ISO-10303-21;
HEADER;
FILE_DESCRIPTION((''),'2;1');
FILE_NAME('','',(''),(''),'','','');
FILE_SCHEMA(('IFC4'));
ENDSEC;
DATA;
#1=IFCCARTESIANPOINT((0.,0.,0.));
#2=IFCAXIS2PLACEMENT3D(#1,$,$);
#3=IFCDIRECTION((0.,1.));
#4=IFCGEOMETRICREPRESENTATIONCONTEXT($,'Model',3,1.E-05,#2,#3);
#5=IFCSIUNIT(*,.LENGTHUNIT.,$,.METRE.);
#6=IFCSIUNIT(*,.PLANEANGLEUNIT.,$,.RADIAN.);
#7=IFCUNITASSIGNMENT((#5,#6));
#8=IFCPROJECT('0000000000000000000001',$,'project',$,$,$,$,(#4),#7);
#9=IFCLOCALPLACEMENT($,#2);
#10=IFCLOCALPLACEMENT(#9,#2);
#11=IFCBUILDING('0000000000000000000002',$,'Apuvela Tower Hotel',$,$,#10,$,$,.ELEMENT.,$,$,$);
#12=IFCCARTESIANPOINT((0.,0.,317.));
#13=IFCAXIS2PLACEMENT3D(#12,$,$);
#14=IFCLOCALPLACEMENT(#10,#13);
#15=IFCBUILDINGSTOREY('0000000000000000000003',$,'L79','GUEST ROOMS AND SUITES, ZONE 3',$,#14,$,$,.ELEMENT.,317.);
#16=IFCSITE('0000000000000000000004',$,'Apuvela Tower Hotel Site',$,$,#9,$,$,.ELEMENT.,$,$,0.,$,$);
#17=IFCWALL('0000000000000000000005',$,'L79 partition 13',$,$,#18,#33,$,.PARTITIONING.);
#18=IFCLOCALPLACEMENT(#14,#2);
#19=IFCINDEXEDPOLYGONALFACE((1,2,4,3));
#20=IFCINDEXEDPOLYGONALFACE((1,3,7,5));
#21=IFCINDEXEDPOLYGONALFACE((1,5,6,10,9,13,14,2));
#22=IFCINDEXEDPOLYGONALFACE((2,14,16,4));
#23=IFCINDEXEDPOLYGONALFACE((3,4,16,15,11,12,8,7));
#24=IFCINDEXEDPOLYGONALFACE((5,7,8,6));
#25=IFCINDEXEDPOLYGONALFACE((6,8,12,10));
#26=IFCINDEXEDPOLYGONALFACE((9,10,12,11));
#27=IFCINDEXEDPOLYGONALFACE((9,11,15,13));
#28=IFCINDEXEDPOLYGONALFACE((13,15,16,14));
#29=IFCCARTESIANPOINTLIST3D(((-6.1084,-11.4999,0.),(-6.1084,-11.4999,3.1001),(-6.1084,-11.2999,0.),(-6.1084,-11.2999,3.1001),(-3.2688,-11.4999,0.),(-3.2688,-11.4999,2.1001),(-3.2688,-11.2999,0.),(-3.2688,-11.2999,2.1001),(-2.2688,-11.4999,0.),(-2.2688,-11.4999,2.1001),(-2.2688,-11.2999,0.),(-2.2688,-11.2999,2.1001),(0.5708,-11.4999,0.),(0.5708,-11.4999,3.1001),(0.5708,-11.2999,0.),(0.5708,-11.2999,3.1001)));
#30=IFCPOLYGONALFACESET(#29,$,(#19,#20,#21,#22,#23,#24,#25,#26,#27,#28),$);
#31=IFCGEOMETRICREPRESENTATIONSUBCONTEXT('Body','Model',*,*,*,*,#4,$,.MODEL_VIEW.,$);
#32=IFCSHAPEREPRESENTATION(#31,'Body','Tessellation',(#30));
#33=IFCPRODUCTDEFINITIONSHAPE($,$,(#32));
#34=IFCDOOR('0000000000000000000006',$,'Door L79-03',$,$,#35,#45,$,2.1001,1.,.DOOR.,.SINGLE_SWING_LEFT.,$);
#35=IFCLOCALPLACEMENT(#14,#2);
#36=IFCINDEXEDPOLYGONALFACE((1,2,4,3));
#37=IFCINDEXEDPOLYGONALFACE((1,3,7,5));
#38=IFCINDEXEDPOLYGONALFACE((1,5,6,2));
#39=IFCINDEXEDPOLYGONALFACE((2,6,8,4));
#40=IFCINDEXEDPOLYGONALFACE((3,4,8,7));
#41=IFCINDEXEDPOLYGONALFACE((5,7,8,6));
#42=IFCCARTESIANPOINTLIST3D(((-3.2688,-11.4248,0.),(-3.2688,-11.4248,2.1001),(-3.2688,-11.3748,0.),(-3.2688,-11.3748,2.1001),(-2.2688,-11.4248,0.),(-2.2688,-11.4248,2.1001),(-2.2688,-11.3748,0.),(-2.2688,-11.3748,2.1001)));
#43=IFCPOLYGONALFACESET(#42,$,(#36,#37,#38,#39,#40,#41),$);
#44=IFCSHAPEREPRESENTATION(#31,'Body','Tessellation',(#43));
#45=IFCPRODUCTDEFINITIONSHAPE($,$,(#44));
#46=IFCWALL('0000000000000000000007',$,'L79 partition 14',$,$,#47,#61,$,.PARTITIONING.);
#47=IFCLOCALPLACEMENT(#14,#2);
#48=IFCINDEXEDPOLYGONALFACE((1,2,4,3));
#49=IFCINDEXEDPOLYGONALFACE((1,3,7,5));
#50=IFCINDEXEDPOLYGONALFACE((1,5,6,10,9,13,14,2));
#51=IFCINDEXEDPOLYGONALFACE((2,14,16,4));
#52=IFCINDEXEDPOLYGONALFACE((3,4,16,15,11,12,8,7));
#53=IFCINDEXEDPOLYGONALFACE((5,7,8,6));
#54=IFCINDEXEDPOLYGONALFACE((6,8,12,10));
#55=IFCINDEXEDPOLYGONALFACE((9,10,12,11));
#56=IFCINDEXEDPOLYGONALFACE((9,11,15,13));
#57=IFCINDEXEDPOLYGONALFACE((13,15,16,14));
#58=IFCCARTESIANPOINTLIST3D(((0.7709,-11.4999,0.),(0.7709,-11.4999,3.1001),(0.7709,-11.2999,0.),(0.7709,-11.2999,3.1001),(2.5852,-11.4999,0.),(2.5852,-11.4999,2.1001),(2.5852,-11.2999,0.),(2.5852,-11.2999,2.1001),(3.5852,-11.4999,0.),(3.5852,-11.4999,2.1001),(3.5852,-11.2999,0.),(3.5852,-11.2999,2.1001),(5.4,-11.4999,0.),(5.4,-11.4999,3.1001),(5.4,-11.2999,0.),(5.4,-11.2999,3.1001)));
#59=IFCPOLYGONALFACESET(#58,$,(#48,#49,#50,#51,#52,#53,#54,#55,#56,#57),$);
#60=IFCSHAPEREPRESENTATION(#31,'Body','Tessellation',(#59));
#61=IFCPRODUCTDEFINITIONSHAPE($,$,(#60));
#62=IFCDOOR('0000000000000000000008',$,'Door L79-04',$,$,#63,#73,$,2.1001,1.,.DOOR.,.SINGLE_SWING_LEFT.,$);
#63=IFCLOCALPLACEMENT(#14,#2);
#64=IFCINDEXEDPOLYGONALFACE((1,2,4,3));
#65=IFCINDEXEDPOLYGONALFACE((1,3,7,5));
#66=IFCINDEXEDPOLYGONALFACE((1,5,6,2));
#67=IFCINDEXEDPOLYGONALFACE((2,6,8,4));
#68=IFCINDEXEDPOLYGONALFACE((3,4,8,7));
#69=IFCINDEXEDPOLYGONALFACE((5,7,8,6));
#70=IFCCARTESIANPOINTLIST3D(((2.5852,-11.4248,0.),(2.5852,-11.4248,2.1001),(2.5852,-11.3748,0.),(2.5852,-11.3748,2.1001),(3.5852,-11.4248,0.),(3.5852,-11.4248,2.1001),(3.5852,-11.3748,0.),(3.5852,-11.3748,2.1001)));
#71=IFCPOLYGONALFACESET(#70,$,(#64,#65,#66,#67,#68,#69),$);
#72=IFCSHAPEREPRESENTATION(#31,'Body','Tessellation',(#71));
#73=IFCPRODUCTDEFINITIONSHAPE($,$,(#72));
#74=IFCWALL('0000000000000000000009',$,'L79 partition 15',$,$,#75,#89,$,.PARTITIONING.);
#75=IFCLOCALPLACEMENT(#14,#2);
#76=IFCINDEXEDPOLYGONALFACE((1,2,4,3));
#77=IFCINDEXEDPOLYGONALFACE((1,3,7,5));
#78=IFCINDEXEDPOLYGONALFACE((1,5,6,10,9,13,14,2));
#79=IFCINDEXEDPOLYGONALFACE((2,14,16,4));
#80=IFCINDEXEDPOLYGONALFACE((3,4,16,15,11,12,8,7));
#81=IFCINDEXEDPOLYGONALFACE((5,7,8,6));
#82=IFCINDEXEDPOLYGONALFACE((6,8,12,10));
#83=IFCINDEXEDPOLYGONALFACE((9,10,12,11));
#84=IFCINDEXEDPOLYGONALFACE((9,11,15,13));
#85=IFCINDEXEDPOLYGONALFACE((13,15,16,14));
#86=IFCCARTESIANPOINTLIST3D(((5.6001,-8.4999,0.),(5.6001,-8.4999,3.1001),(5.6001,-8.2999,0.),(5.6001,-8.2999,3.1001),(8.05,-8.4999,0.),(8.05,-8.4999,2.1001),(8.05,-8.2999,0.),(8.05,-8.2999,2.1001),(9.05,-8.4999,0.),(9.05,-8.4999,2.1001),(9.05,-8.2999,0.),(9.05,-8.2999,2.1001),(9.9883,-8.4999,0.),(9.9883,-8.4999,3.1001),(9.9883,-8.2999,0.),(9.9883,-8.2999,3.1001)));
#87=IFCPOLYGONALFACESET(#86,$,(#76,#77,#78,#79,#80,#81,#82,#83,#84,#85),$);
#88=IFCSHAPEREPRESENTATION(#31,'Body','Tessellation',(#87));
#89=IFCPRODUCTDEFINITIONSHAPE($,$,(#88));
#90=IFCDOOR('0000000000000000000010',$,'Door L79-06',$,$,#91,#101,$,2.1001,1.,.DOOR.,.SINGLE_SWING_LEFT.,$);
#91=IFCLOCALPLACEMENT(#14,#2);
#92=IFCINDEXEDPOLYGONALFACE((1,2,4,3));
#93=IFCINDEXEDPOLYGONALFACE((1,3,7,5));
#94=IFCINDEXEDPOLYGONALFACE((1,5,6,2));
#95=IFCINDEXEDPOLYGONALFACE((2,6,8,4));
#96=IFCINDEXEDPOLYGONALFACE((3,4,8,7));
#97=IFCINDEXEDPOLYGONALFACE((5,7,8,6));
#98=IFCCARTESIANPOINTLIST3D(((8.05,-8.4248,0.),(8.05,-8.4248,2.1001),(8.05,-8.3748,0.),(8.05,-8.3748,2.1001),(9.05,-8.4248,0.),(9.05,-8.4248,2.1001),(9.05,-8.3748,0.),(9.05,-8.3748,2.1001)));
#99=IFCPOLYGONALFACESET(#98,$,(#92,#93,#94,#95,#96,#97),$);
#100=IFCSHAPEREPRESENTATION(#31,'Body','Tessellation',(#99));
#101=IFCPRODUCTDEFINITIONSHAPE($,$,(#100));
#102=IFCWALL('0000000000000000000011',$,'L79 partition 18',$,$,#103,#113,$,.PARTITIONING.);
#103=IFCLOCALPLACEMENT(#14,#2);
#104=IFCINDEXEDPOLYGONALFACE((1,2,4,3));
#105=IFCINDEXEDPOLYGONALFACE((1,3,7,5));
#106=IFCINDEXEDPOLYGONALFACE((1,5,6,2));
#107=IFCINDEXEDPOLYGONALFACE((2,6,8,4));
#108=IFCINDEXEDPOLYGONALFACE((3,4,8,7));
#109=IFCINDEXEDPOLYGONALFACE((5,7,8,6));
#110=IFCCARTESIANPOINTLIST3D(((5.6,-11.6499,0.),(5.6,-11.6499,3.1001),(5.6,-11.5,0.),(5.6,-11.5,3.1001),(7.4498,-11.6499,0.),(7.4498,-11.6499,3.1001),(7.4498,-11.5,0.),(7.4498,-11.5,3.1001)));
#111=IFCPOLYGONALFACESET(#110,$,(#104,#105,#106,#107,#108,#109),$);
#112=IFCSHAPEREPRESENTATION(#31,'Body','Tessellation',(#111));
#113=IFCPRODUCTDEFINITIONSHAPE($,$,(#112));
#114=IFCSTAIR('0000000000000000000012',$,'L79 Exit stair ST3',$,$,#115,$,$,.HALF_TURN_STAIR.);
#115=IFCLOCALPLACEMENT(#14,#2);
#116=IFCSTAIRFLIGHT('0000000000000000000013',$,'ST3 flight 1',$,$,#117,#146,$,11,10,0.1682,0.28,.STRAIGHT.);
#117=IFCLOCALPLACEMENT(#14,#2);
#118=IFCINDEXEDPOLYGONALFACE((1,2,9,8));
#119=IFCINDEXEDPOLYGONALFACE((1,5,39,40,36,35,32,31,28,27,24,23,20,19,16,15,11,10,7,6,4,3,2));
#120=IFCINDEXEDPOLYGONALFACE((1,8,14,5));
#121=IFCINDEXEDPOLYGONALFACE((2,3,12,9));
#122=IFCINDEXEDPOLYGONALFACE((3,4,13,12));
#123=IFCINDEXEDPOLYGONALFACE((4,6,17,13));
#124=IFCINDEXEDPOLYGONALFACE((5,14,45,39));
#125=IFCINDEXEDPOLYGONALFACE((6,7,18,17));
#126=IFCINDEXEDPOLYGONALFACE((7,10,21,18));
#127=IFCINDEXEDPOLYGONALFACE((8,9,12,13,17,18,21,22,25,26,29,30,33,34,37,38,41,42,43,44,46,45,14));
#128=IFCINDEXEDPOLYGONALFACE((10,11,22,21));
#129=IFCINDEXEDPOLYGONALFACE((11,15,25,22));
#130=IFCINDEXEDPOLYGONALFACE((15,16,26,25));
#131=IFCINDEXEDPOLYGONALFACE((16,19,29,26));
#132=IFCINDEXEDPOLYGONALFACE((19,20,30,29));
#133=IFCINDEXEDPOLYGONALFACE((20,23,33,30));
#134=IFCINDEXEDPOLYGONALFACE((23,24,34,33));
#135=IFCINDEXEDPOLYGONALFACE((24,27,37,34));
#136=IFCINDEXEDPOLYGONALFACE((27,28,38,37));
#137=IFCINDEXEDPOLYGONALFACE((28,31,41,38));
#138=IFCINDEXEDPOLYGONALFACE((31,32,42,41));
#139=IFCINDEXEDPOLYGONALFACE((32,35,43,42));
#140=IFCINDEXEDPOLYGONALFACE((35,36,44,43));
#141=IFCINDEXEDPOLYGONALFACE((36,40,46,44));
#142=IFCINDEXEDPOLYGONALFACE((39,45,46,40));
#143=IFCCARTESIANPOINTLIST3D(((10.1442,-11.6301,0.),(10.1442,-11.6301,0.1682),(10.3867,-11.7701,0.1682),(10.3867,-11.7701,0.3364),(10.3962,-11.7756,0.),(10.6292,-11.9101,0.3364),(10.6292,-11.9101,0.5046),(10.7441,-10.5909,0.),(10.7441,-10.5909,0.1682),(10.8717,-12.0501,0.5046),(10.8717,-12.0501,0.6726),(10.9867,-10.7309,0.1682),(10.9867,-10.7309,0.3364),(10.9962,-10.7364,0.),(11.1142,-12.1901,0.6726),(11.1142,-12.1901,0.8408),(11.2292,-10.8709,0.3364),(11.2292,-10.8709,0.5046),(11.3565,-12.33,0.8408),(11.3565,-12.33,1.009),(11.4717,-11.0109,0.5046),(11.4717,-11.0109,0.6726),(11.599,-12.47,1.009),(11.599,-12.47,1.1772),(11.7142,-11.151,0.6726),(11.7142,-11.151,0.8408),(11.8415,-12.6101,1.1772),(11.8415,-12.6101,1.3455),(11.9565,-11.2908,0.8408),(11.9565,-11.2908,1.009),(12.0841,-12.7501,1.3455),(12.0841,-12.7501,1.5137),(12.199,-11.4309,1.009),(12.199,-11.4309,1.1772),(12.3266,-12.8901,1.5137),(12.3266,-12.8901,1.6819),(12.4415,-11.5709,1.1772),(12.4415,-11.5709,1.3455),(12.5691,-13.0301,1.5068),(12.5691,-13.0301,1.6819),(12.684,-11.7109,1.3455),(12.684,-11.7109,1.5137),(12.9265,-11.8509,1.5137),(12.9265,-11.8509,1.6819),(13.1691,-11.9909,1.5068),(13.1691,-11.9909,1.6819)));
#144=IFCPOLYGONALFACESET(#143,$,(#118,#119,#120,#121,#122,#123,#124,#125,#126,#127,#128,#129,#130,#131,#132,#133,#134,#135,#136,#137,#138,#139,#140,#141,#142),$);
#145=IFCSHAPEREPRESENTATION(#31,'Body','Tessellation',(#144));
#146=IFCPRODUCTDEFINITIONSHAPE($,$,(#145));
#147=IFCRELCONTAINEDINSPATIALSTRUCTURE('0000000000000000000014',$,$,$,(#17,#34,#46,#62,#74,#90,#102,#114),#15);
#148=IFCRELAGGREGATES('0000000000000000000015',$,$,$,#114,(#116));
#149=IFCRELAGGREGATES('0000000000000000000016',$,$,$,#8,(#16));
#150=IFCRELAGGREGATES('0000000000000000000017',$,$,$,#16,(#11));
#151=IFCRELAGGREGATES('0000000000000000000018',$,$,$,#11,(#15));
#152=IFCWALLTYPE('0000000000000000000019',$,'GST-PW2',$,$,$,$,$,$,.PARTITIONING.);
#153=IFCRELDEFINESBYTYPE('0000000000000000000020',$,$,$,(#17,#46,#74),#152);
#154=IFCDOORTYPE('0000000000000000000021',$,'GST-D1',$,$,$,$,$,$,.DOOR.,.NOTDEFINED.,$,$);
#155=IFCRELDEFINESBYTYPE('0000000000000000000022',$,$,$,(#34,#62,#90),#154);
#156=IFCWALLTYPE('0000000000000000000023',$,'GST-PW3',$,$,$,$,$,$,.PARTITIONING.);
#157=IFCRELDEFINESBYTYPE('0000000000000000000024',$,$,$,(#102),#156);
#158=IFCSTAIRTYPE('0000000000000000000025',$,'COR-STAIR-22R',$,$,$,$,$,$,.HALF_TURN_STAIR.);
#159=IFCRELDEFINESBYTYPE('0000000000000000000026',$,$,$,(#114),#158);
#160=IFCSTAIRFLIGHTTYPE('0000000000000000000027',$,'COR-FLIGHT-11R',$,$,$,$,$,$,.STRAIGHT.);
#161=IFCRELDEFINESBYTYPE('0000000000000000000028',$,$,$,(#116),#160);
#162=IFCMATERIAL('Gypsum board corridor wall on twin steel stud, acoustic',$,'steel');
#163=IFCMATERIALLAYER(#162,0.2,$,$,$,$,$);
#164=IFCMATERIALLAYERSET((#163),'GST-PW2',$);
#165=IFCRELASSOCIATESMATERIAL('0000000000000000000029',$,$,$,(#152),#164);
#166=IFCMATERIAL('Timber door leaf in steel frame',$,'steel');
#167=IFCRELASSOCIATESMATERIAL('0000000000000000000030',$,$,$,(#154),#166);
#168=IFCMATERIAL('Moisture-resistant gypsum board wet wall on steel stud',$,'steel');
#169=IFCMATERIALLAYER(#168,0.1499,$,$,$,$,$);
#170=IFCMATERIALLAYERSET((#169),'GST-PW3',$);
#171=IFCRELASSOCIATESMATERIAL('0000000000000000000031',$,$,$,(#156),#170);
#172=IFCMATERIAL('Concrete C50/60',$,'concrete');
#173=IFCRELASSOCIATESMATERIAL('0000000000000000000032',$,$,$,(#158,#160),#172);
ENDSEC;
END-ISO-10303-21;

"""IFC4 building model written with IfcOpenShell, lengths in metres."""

from ifc_helpers import new_model, si_unit, direction, frame, frame_2d, origin, place, context, subcontext, project, spatial, polyline, rectangle, outline, extrude, material, layer, layer_set, type_object, element, fill, aggregate, save


model = new_model("IFC4")

# Units and contexts
model_context = context("Model", 3, precision=1e-05, world=origin(), true_north=direction((0.0, 1.0)))
body_context = subcontext(model_context, "Body", "Model", "MODEL_VIEW")
ifc_project = project(units=[si_unit("LENGTHUNIT", "METRE"), si_unit("PLANEANGLEUNIT", "RADIAN")], contexts=[model_context])

# Site, building, storey
site_placement = place(None, origin())
site = spatial("IfcSite", under=ifc_project, at=site_placement, Name="Apuvela Tower Hotel Site", CompositionType="ELEMENT", RefElevation=0.0)
building_placement = place(site_placement, origin())
building = spatial("IfcBuilding", under=site, at=building_placement, Name="Apuvela Tower Hotel", CompositionType="ELEMENT")
storey_placement = place(building_placement, frame((0.0, 0.0, 317.0)))
storey = spatial("IfcBuildingStorey", under=building, at=storey_placement, Name="L79", Description="GUEST ROOMS AND SUITES, ZONE 3", CompositionType="ELEMENT", Elevation=317.0)

# Shared definitions
ifc_material_1 = material(Name="Concrete C50/60", Category="concrete")

# Walls, openings, doors
ifc_material_2 = material(Name="Gypsum board corridor wall on twin steel stud, acoustic", Category="steel")
ifc_layer_1 = layer(ifc_material_2, 0.2)
ifc_layer_set_1 = layer_set([ifc_layer_1], Name="GST-PW2")
wall_type_1 = type_object("IfcWallType", Name="GST-PW2", PredefinedType="PARTITIONING", material=ifc_layer_set_1)
wall_1_placement = place(storey_placement, frame((0.5708, -11.3999, 0.0), z_axis=(0.0, 0.0, 1.0), x_axis=(-1.0, 0.0, 0.0)))
wall_1 = element("IfcWall", 1, at=wall_1_placement, inside=storey, type_object=wall_type_1, Name="L79 partition 13", PredefinedType="PARTITIONING", context=body_context, shape_type="SweptSolid", body=[
    extrude(rectangle(XDim=6.6792, YDim=0.2, at=frame_2d((3.3396, 0.0))), origin(), (0.0, 0.0, 1.0), 3.1001),
])
opening_1_placement = place(wall_1_placement, frame((2.8396, 0.0, 0.0)))
opening_1 = element("IfcOpeningElement", 2, at=opening_1_placement, cuts=wall_1, PredefinedType="OPENING", context=body_context, shape_type="SweptSolid", body=[
    extrude(rectangle(XDim=1.0, YDim=2.1001, at=frame_2d((0.5, 1.05))), frame((0.0, 0.1099, 0.0), z_axis=(0.0, -1.0, 0.0), x_axis=(1.0, 0.0, 0.0)), (0.0, 0.0, 1.0), 0.22),
])
ifc_material_3 = material(Name="Timber door leaf in steel frame", Category="steel")
door_type_1 = type_object("IfcDoorType", Name="GST-D1", OperationType="NOTDEFINED", PredefinedType="DOOR", material=ifc_material_3)
door_1_placement = place(opening_1_placement, origin())
door_1 = element("IfcDoor", 3, at=door_1_placement, inside=storey, type_object=door_type_1, Name="Door L79-03", OperationType="SINGLE_SWING_LEFT", OverallHeight=2.1001, OverallWidth=1.0, PredefinedType="DOOR", context=body_context, shape_type="SweptSolid", body=[
    extrude(rectangle(XDim=1.0, YDim=2.1001, at=frame_2d((0.5, 1.05))), frame((0.0, 0.0249, 0.0), z_axis=(0.0, -1.0, 0.0), x_axis=(1.0, 0.0, 0.0)), (0.0, 0.0, 1.0), 0.05),
])
fill(opening_1, door_1)
wall_2_placement = place(storey_placement, frame((5.3999, -11.3999, 0.0), z_axis=(0.0, 0.0, 1.0), x_axis=(-1.0, 0.0, 0.0)))
wall_2 = element("IfcWall", 4, at=wall_2_placement, inside=storey, type_object=wall_type_1, Name="L79 partition 14", PredefinedType="PARTITIONING", context=body_context, shape_type="SweptSolid", body=[
    extrude(rectangle(XDim=4.6292, YDim=0.2, at=frame_2d((2.3145, 0.0))), origin(), (0.0, 0.0, 1.0), 3.1001),
])
opening_2_placement = place(wall_2_placement, frame((1.8147, 0.0, 0.0)))
opening_2 = element("IfcOpeningElement", 5, at=opening_2_placement, cuts=wall_2, PredefinedType="OPENING", context=body_context, shape_type="SweptSolid", body=[
    extrude(rectangle(XDim=1.0, YDim=2.1001, at=frame_2d((0.5, 1.05))), frame((0.0, 0.1099, 0.0), z_axis=(0.0, -1.0, 0.0), x_axis=(1.0, 0.0, 0.0)), (0.0, 0.0, 1.0), 0.22),
])
door_2_placement = place(opening_2_placement, origin())
door_2 = element("IfcDoor", 6, at=door_2_placement, inside=storey, type_object=door_type_1, Name="Door L79-04", OperationType="SINGLE_SWING_LEFT", OverallHeight=2.1001, OverallWidth=1.0, PredefinedType="DOOR", context=body_context, shape_type="SweptSolid", body=[
    extrude(rectangle(XDim=1.0, YDim=2.1001, at=frame_2d((0.5, 1.05))), frame((0.0, 0.0249, 0.0), z_axis=(0.0, -1.0, 0.0), x_axis=(1.0, 0.0, 0.0)), (0.0, 0.0, 1.0), 0.05),
])
fill(opening_2, door_2)
wall_3_placement = place(storey_placement, frame((9.9883, -8.3999, 0.0), z_axis=(0.0, 0.0, 1.0), x_axis=(-1.0, 0.0, 0.0)))
wall_3 = element("IfcWall", 7, at=wall_3_placement, inside=storey, type_object=wall_type_1, Name="L79 partition 15", PredefinedType="PARTITIONING", context=body_context, shape_type="SweptSolid", body=[
    extrude(rectangle(XDim=4.3882, YDim=0.2, at=frame_2d((2.1941, 0.0))), origin(), (0.0, 0.0, 1.0), 3.1001),
])
opening_3_placement = place(wall_3_placement, frame((0.9382, 0.0, 0.0)))
opening_3 = element("IfcOpeningElement", 8, at=opening_3_placement, cuts=wall_3, PredefinedType="OPENING", context=body_context, shape_type="SweptSolid", body=[
    extrude(rectangle(XDim=1.0, YDim=2.1001, at=frame_2d((0.5, 1.05))), frame((0.0, 0.1099, 0.0), z_axis=(0.0, -1.0, 0.0), x_axis=(1.0, 0.0, 0.0)), (0.0, 0.0, 1.0), 0.22),
])
door_3_placement = place(opening_3_placement, origin())
door_3 = element("IfcDoor", 9, at=door_3_placement, inside=storey, type_object=door_type_1, Name="Door L79-06", OperationType="SINGLE_SWING_LEFT", OverallHeight=2.1001, OverallWidth=1.0, PredefinedType="DOOR", context=body_context, shape_type="SweptSolid", body=[
    extrude(rectangle(XDim=1.0, YDim=2.1001, at=frame_2d((0.5, 1.05))), frame((0.0, 0.0249, 0.0), z_axis=(0.0, -1.0, 0.0), x_axis=(1.0, 0.0, 0.0)), (0.0, 0.0, 1.0), 0.05),
])
fill(opening_3, door_3)

# Wall
ifc_material_4 = material(Name="Moisture-resistant gypsum board wet wall on steel stud", Category="steel")
ifc_layer_2 = layer(ifc_material_4, 0.1499)
ifc_layer_set_2 = layer_set([ifc_layer_2], Name="GST-PW3")
wall_type_2 = type_object("IfcWallType", Name="GST-PW3", PredefinedType="PARTITIONING", material=ifc_layer_set_2)
wall_4_placement = place(storey_placement, frame((5.6001, -11.575, 0.0), z_axis=(0.0, 0.0, 1.0), x_axis=(1.0, 0.0, 0.0)))
element("IfcWall", 10, at=wall_4_placement, inside=storey, type_object=wall_type_2, Name="L79 partition 18", PredefinedType="PARTITIONING", context=body_context, shape_type="SweptSolid", body=[
    extrude(rectangle(XDim=1.8499, YDim=0.1499, at=frame_2d((0.9248, 0.0))), origin(), (0.0, 0.0, 1.0), 3.1001),
])

# Stair, stair flight
stair_type = type_object("IfcStairType", Name="COR-STAIR-22R", PredefinedType="HALF_TURN_STAIR", material=ifc_material_1)
stair_placement = place(storey_placement, origin())
stair = element("IfcStair", 11, at=stair_placement, inside=storey, type_object=stair_type, Name="L79 Exit stair ST3", PredefinedType="HALF_TURN_STAIR")
stair_flight_type = type_object("IfcStairFlightType", Name="COR-FLIGHT-11R", PredefinedType="STRAIGHT", material=ifc_material_1)
stair_flight_placement = place(storey_placement, frame((10.4441, -11.1106, 0.0), z_axis=(0.0, 0.0, 1.0), x_axis=(0.866025, -0.5, 0.0)))
stair_flight = element("IfcStairFlight", 12, at=stair_flight_placement, type_object=stair_flight_type, Name="ST3 flight 1", NumberOfRisers=11, NumberOfTreads=10, PredefinedType="STRAIGHT", RiserHeight=0.1682, TreadLength=0.28, context=body_context, shape_type="SweptSolid", body=[
    extrude(outline(polyline([(0.0, 0.0), (0.0, 0.1682), (0.28, 0.1682), (0.28, 0.3364), (0.5601, 0.3364), (0.5601, 0.5046), (0.8401, 0.5046), (0.8401, 0.6726), (1.1201, 0.6726), (1.1201, 0.8408), (1.3999, 0.8408), (1.3999, 1.009), (1.6799, 1.009), (1.6799, 1.1772), (1.96, 1.1772), (1.96, 1.3455), (2.24, 1.3455), (2.24, 1.5137), (2.52, 1.5137), (2.52, 1.6819), (2.8, 1.6819), (2.8, 1.8501), (2.8, 1.5068), (0.291, 0.0), (0.0, 0.0)])), frame((0.0, 0.6001, 0.0), z_axis=(0.0, -1.0, 0.0), x_axis=(1.0, 0.0, 0.0)), (0.0, 0.0, 1.0), 1.2),
])
aggregate(stair, [stair_flight])

save(model, "model.ifc")
